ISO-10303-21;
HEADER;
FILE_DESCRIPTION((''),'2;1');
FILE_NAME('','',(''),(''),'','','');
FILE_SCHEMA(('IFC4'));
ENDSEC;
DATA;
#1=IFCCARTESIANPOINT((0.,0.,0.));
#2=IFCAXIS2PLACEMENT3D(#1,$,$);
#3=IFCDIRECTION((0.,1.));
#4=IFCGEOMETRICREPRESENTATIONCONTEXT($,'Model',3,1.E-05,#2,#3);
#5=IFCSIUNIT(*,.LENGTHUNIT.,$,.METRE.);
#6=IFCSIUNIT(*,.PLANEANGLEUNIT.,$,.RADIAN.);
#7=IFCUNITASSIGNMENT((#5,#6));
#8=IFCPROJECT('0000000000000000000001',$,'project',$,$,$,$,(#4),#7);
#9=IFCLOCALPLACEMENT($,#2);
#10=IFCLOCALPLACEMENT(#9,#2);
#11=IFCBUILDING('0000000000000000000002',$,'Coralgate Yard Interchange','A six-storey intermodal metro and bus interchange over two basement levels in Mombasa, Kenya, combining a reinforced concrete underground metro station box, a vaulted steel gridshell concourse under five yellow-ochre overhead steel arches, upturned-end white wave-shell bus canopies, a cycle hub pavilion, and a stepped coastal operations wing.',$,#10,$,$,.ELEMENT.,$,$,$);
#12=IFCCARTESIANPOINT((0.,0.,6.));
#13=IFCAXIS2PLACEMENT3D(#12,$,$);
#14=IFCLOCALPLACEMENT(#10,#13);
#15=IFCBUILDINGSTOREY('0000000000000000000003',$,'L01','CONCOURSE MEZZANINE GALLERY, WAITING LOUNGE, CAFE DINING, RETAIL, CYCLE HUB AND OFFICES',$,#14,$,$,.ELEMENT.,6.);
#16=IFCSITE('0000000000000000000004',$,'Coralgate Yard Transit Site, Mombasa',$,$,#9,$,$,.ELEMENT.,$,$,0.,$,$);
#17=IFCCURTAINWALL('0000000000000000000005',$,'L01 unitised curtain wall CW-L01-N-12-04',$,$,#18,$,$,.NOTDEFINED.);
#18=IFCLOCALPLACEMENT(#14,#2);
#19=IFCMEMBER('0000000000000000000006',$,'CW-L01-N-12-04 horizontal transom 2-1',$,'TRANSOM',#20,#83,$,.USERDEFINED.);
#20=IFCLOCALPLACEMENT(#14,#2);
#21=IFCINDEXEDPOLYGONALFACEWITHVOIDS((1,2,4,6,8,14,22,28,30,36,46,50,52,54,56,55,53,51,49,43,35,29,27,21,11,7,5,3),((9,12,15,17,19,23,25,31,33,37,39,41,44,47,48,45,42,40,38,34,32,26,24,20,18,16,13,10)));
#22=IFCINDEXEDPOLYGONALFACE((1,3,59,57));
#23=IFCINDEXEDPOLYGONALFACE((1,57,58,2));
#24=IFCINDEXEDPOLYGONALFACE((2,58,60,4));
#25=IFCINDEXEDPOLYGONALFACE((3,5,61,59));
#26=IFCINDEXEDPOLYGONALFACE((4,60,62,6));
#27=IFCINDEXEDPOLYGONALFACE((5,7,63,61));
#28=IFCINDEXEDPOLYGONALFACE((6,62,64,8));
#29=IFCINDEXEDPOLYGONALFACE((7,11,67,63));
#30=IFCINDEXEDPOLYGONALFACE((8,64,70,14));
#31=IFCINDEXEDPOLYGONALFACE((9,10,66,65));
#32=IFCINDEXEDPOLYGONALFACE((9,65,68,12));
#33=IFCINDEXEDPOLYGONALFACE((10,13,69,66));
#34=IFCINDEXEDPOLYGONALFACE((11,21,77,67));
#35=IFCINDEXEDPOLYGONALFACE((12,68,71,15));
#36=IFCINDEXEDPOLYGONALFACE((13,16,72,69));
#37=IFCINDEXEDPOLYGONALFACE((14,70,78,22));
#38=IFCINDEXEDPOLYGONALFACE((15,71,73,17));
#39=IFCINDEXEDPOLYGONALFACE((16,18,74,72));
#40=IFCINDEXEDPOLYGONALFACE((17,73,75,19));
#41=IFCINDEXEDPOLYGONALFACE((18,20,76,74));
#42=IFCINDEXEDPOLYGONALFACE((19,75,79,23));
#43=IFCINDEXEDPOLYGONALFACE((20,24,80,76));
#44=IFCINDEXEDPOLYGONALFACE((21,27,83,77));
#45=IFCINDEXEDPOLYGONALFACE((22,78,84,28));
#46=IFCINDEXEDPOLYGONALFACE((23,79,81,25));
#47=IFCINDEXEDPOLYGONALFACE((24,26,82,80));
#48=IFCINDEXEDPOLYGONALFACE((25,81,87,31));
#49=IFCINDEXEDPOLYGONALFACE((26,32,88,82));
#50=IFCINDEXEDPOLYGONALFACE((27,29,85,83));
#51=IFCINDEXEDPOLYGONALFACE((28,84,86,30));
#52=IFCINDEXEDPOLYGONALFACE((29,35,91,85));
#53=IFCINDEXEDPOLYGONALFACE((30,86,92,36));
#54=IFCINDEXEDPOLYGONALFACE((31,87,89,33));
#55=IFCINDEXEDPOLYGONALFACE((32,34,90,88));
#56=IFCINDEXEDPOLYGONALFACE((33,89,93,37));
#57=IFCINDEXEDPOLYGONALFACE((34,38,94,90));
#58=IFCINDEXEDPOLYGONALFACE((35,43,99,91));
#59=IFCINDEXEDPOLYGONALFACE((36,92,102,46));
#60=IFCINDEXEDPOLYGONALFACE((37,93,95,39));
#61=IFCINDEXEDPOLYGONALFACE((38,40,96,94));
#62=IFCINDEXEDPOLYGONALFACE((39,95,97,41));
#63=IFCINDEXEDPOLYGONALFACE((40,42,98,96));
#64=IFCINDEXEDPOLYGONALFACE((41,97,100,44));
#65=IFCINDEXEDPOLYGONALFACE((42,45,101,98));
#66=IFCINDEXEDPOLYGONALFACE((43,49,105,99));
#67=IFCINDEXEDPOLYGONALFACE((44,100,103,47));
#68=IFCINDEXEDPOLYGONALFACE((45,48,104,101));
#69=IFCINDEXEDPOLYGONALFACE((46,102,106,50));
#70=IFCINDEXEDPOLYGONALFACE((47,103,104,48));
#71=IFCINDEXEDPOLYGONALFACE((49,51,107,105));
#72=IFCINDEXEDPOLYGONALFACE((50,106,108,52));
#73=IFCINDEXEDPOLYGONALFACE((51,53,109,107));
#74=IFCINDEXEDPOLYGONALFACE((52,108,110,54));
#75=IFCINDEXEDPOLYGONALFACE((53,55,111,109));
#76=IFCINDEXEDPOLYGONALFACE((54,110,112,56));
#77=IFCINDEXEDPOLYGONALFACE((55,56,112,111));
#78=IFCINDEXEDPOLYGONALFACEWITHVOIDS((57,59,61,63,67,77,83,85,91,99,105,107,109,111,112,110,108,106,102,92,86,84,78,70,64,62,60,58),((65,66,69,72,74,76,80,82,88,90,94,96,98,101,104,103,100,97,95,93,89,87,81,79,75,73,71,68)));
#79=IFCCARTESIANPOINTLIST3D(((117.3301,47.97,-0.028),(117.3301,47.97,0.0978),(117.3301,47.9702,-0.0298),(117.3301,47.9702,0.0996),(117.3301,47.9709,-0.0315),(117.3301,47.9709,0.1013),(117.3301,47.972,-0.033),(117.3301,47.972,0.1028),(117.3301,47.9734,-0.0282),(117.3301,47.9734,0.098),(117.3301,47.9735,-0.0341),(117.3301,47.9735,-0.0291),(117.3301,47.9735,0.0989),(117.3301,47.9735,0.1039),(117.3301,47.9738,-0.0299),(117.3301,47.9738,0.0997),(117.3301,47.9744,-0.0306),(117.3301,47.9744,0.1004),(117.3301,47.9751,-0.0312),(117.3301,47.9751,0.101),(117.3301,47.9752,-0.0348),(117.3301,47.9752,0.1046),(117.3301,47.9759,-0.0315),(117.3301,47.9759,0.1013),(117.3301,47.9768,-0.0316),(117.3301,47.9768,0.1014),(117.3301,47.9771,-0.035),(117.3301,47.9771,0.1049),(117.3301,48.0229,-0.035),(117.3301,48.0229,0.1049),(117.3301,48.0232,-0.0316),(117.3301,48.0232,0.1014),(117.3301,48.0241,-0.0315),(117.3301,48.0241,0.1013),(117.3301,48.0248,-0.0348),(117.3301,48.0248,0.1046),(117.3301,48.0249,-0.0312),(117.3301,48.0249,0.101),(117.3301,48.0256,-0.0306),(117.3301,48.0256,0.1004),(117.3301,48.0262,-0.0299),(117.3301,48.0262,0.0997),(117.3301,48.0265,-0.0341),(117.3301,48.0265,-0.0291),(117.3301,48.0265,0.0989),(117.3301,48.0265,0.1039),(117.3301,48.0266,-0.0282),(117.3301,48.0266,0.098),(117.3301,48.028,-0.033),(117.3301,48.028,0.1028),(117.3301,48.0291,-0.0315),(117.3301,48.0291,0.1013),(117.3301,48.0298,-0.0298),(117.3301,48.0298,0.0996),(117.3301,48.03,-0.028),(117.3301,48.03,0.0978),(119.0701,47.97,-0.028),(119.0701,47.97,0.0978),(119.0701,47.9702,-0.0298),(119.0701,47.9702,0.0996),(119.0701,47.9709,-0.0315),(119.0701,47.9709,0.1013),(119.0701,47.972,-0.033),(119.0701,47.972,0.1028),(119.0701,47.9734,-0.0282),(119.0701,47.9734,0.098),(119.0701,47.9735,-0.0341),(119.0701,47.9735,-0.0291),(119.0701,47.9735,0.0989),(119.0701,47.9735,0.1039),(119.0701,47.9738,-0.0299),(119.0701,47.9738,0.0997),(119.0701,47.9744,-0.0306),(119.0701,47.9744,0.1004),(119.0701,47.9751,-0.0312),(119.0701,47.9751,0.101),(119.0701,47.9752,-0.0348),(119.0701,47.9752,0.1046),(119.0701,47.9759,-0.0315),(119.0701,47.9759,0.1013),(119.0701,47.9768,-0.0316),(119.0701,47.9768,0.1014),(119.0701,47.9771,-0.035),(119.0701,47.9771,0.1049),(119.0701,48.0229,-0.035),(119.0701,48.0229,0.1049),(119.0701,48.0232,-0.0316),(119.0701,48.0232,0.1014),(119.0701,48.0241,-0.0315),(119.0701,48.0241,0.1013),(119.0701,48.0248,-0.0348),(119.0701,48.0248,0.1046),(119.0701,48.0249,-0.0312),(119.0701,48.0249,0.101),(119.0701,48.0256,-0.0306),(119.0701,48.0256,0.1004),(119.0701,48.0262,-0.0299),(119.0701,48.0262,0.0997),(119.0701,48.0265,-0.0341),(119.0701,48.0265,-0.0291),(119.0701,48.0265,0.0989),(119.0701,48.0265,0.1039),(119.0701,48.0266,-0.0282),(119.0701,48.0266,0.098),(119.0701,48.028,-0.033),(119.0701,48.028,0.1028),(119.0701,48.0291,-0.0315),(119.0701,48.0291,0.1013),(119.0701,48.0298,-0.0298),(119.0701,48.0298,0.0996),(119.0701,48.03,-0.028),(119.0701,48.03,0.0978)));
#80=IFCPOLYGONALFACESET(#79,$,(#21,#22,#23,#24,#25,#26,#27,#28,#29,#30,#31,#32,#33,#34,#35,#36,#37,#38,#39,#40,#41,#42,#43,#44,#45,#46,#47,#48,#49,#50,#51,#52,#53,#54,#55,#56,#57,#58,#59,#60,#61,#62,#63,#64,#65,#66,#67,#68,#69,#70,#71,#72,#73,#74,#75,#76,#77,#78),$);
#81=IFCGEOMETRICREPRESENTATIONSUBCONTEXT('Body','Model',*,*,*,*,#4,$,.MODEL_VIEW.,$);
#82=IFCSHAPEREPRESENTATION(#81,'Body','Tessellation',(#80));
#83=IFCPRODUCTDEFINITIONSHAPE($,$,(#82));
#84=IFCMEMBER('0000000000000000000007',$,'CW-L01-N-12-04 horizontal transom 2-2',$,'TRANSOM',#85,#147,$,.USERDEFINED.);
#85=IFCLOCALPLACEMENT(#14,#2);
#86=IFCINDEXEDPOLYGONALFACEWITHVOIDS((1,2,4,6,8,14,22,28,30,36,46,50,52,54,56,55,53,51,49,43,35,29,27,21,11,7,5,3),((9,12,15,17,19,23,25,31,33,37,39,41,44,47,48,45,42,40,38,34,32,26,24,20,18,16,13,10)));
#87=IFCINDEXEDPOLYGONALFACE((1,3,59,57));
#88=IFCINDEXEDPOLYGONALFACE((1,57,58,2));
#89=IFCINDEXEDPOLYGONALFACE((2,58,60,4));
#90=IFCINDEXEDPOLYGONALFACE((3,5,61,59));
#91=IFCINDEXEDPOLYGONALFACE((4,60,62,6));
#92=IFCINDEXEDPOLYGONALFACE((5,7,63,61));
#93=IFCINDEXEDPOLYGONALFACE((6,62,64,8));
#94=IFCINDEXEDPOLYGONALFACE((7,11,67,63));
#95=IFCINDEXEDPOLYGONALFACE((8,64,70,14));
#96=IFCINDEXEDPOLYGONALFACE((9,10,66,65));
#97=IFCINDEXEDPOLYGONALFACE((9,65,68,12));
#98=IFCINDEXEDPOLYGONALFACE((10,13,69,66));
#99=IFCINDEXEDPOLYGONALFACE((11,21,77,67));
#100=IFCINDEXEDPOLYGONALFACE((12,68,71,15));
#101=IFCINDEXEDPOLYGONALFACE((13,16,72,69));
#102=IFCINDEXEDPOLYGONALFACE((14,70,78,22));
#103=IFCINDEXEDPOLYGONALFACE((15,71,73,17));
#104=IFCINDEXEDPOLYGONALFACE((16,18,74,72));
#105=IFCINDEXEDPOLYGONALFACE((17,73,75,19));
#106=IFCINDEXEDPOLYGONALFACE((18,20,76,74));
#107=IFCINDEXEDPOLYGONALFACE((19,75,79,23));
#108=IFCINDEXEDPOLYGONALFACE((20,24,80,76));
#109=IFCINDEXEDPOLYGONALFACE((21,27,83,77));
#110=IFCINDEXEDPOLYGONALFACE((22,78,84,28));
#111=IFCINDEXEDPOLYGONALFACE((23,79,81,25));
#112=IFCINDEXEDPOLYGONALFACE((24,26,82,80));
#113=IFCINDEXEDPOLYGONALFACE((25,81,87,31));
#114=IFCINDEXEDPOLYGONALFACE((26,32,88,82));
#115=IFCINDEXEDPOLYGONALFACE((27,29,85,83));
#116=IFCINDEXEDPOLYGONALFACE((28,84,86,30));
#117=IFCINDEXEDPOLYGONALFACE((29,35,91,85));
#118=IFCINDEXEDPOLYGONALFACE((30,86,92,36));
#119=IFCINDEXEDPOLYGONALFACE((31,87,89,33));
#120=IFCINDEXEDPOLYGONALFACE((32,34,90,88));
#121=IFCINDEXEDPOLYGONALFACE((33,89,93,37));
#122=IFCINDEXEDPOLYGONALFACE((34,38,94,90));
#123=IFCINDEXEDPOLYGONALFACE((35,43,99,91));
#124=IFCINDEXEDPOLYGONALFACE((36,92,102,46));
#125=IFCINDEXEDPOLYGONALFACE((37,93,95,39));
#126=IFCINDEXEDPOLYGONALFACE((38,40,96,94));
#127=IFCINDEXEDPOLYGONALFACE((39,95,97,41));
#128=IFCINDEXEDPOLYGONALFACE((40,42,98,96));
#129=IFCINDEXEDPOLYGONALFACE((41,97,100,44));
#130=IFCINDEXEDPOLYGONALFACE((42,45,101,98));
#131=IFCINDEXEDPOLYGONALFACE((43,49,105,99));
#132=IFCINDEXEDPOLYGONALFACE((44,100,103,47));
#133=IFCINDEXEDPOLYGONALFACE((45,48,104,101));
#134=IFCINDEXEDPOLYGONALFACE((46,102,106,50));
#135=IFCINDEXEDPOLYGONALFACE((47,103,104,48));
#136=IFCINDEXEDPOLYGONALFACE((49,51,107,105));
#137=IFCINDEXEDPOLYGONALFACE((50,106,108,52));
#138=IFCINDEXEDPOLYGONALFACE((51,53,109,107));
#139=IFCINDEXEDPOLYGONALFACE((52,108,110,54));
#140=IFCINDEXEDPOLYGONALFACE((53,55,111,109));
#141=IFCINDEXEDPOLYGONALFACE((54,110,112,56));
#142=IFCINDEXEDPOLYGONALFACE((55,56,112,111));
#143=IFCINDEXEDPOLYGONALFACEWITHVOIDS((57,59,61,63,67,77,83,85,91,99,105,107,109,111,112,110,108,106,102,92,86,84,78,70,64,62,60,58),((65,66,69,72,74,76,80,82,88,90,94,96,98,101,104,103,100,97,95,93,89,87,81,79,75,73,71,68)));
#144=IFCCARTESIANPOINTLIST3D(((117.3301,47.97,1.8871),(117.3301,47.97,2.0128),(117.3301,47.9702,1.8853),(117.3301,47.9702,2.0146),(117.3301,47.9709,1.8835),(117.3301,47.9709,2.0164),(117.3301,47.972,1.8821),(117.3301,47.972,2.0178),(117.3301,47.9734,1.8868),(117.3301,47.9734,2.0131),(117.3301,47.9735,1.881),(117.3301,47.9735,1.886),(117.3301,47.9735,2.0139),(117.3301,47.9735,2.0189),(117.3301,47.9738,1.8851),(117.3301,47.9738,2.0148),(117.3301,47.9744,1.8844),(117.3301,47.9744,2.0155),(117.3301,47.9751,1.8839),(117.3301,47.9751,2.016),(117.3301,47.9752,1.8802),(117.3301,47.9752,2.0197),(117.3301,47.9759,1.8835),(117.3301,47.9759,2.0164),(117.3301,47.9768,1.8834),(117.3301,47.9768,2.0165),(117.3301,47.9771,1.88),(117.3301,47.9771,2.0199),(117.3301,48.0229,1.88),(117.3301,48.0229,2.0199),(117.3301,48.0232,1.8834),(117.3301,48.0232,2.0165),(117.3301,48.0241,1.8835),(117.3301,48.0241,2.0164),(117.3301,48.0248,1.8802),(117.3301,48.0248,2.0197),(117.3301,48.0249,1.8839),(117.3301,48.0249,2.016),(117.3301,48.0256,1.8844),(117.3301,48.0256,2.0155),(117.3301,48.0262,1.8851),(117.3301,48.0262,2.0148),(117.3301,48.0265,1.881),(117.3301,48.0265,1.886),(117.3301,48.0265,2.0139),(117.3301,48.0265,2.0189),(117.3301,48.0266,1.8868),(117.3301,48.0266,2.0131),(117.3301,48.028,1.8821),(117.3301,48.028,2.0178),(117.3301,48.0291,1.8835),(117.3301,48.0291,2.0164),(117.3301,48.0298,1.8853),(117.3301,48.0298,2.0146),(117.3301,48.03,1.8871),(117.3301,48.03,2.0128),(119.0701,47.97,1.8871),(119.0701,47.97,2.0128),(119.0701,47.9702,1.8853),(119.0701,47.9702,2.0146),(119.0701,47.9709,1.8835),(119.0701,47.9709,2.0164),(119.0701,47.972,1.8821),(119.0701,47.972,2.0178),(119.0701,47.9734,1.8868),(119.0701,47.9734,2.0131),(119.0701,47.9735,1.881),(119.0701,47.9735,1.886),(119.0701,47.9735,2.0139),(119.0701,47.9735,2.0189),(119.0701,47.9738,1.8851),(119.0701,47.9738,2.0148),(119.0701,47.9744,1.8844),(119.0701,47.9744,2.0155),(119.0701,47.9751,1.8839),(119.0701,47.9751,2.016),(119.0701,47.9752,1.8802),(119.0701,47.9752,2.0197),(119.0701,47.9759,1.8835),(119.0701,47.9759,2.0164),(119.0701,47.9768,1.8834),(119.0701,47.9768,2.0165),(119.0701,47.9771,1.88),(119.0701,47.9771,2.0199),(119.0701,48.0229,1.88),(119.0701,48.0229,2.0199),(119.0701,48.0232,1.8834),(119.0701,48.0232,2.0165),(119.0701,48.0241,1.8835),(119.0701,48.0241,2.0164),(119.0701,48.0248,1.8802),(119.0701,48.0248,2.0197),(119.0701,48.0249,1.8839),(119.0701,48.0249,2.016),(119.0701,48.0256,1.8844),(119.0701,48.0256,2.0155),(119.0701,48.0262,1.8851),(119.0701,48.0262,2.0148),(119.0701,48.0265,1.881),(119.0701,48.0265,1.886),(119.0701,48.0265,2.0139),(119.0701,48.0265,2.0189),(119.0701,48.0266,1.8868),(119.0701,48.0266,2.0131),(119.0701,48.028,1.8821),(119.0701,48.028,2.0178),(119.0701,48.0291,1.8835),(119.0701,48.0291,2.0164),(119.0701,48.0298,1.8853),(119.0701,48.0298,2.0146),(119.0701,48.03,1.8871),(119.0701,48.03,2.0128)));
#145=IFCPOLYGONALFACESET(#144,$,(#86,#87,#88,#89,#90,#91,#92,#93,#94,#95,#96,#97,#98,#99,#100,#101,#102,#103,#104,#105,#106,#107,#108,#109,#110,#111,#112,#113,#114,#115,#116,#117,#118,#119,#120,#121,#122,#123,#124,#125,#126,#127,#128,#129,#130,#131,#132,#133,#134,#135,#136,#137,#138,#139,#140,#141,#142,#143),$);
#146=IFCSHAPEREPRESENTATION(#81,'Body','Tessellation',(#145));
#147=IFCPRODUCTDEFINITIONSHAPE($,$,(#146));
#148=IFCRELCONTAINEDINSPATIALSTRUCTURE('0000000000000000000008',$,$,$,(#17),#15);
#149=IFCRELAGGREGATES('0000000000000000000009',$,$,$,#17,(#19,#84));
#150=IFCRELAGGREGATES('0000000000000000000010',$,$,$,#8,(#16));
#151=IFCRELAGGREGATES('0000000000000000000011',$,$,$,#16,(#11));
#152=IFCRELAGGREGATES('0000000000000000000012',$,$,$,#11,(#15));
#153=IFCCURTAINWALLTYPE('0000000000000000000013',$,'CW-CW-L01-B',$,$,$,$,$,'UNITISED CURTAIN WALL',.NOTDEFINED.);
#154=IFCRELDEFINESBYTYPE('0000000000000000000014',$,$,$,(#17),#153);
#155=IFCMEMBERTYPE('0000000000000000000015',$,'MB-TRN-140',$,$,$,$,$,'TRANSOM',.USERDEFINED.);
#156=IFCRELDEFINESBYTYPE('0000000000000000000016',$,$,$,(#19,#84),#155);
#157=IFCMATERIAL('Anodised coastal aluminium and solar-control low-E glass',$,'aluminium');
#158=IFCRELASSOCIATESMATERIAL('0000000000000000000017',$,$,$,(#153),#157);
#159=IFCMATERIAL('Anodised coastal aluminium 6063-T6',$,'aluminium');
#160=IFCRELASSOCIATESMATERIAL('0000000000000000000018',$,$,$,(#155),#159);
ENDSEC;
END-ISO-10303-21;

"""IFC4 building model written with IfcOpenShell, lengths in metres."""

from ifc_helpers import new_model, si_unit, direction, frame, origin, origin_2d, place, context, subcontext, project, spatial, hollow_rectangle, extrude, material, material_profile, profile_set, type_object, element, aggregate, save


model = new_model("IFC4")

# Units and contexts
model_context = context("Model", 3, precision=1e-05, world=origin(), true_north=direction((0.0, 1.0)))
body_context = subcontext(model_context, "Body", "Model", "MODEL_VIEW")
ifc_project = project(units=[si_unit("LENGTHUNIT", "METRE"), si_unit("PLANEANGLEUNIT", "RADIAN")], contexts=[model_context])

# Site, building, storey
site_placement = place(None, origin())
site = spatial("IfcSite", under=ifc_project, at=site_placement, Name="Coralgate Yard Transit Site, Mombasa", CompositionType="ELEMENT", RefElevation=0.0)
building_placement = place(site_placement, origin())
building = spatial("IfcBuilding", under=site, at=building_placement, Name="Coralgate Yard Interchange", Description="A six-storey intermodal metro and bus interchange over two basement levels in Mombasa, Kenya, combining a reinforced concrete underground metro station box, a vaulted steel gridshell concourse under five yellow-ochre overhead steel arches, upturned-end white wave-shell bus canopies, a cycle hub pavilion, and a stepped coastal operations wing.", CompositionType="ELEMENT")
storey_placement = place(building_placement, frame((0.0, 0.0, 6.0)))
storey = spatial("IfcBuildingStorey", under=building, at=storey_placement, Name="L01", Description="CONCOURSE MEZZANINE GALLERY, WAITING LOUNGE, CAFE DINING, RETAIL, CYCLE HUB AND OFFICES", CompositionType="ELEMENT", Elevation=6.0)

# Curtain wall
ifc_material_1 = material(Name="Anodised coastal aluminium and solar-control low-E glass", Category="aluminium")
curtain_wall_type = type_object("IfcCurtainWallType", Name="CW-CW-L01-B", ElementType="UNITISED CURTAIN WALL", PredefinedType="NOTDEFINED", material=ifc_material_1)
ifc_material_2 = material(Name="Anodised coastal aluminium 6063-T6", Category="aluminium")
curtain_wall_1_placement = place(storey_placement, origin())
curtain_wall_1 = element("IfcCurtainWall", 1, at=curtain_wall_1_placement, inside=storey, type_object=curtain_wall_type, Name="L01 unitised curtain wall CW-L01-N-12-04", PredefinedType="NOTDEFINED")

# Members
ifc_material_profile_1 = material_profile(ifc_material_2, hollow_rectangle(XDim=0.0601, YDim=0.1399, WallThickness=0.0034, InnerFilletRadius=0.0034, OuterFilletRadius=0.0071, at=origin_2d()), Name="ALU 60x140x3.5")
ifc_profile_set_1 = profile_set([ifc_material_profile_1], Name="Anodised coastal aluminium 6063-T6")
member_type_1 = type_object("IfcMemberType", Name="MB-TRN-140", ElementType="TRANSOM", PredefinedType="USERDEFINED", material=ifc_profile_set_1)
member_1_placement = place(storey_placement, frame((117.3301, 48.0, 0.0349), z_axis=(1.0, 0.0, 0.0), x_axis=(0.0, 1.0, 0.0)))
member_1 = element("IfcMember", 2, at=member_1_placement, type_object=member_type_1, Name="CW-L01-N-12-04 horizontal transom 2-1", ObjectType="TRANSOM", PredefinedType="USERDEFINED", context=body_context, shape_type="SweptSolid", body=[
    extrude(hollow_rectangle(XDim=0.0601, YDim=0.1399, WallThickness=0.0034, InnerFilletRadius=0.0034, OuterFilletRadius=0.0071, at=origin_2d()), origin(), (0.0, 0.0, 1.0), 1.74),
])
member_2_placement = place(storey_placement, frame((117.3301, 48.0, 1.95), z_axis=(1.0, 0.0, 0.0), x_axis=(0.0, 1.0, 0.0)))
member_2 = element("IfcMember", 3, at=member_2_placement, type_object=member_type_1, Name="CW-L01-N-12-04 horizontal transom 2-2", ObjectType="TRANSOM", PredefinedType="USERDEFINED", context=body_context, shape_type="SweptSolid", body=[
    extrude(hollow_rectangle(XDim=0.0601, YDim=0.1399, WallThickness=0.0034, InnerFilletRadius=0.0034, OuterFilletRadius=0.0071, at=origin_2d()), origin(), (0.0, 0.0, 1.0), 1.74),
])

aggregate(curtain_wall_1, [member_1, member_2])

save(model, "model.ifc")
